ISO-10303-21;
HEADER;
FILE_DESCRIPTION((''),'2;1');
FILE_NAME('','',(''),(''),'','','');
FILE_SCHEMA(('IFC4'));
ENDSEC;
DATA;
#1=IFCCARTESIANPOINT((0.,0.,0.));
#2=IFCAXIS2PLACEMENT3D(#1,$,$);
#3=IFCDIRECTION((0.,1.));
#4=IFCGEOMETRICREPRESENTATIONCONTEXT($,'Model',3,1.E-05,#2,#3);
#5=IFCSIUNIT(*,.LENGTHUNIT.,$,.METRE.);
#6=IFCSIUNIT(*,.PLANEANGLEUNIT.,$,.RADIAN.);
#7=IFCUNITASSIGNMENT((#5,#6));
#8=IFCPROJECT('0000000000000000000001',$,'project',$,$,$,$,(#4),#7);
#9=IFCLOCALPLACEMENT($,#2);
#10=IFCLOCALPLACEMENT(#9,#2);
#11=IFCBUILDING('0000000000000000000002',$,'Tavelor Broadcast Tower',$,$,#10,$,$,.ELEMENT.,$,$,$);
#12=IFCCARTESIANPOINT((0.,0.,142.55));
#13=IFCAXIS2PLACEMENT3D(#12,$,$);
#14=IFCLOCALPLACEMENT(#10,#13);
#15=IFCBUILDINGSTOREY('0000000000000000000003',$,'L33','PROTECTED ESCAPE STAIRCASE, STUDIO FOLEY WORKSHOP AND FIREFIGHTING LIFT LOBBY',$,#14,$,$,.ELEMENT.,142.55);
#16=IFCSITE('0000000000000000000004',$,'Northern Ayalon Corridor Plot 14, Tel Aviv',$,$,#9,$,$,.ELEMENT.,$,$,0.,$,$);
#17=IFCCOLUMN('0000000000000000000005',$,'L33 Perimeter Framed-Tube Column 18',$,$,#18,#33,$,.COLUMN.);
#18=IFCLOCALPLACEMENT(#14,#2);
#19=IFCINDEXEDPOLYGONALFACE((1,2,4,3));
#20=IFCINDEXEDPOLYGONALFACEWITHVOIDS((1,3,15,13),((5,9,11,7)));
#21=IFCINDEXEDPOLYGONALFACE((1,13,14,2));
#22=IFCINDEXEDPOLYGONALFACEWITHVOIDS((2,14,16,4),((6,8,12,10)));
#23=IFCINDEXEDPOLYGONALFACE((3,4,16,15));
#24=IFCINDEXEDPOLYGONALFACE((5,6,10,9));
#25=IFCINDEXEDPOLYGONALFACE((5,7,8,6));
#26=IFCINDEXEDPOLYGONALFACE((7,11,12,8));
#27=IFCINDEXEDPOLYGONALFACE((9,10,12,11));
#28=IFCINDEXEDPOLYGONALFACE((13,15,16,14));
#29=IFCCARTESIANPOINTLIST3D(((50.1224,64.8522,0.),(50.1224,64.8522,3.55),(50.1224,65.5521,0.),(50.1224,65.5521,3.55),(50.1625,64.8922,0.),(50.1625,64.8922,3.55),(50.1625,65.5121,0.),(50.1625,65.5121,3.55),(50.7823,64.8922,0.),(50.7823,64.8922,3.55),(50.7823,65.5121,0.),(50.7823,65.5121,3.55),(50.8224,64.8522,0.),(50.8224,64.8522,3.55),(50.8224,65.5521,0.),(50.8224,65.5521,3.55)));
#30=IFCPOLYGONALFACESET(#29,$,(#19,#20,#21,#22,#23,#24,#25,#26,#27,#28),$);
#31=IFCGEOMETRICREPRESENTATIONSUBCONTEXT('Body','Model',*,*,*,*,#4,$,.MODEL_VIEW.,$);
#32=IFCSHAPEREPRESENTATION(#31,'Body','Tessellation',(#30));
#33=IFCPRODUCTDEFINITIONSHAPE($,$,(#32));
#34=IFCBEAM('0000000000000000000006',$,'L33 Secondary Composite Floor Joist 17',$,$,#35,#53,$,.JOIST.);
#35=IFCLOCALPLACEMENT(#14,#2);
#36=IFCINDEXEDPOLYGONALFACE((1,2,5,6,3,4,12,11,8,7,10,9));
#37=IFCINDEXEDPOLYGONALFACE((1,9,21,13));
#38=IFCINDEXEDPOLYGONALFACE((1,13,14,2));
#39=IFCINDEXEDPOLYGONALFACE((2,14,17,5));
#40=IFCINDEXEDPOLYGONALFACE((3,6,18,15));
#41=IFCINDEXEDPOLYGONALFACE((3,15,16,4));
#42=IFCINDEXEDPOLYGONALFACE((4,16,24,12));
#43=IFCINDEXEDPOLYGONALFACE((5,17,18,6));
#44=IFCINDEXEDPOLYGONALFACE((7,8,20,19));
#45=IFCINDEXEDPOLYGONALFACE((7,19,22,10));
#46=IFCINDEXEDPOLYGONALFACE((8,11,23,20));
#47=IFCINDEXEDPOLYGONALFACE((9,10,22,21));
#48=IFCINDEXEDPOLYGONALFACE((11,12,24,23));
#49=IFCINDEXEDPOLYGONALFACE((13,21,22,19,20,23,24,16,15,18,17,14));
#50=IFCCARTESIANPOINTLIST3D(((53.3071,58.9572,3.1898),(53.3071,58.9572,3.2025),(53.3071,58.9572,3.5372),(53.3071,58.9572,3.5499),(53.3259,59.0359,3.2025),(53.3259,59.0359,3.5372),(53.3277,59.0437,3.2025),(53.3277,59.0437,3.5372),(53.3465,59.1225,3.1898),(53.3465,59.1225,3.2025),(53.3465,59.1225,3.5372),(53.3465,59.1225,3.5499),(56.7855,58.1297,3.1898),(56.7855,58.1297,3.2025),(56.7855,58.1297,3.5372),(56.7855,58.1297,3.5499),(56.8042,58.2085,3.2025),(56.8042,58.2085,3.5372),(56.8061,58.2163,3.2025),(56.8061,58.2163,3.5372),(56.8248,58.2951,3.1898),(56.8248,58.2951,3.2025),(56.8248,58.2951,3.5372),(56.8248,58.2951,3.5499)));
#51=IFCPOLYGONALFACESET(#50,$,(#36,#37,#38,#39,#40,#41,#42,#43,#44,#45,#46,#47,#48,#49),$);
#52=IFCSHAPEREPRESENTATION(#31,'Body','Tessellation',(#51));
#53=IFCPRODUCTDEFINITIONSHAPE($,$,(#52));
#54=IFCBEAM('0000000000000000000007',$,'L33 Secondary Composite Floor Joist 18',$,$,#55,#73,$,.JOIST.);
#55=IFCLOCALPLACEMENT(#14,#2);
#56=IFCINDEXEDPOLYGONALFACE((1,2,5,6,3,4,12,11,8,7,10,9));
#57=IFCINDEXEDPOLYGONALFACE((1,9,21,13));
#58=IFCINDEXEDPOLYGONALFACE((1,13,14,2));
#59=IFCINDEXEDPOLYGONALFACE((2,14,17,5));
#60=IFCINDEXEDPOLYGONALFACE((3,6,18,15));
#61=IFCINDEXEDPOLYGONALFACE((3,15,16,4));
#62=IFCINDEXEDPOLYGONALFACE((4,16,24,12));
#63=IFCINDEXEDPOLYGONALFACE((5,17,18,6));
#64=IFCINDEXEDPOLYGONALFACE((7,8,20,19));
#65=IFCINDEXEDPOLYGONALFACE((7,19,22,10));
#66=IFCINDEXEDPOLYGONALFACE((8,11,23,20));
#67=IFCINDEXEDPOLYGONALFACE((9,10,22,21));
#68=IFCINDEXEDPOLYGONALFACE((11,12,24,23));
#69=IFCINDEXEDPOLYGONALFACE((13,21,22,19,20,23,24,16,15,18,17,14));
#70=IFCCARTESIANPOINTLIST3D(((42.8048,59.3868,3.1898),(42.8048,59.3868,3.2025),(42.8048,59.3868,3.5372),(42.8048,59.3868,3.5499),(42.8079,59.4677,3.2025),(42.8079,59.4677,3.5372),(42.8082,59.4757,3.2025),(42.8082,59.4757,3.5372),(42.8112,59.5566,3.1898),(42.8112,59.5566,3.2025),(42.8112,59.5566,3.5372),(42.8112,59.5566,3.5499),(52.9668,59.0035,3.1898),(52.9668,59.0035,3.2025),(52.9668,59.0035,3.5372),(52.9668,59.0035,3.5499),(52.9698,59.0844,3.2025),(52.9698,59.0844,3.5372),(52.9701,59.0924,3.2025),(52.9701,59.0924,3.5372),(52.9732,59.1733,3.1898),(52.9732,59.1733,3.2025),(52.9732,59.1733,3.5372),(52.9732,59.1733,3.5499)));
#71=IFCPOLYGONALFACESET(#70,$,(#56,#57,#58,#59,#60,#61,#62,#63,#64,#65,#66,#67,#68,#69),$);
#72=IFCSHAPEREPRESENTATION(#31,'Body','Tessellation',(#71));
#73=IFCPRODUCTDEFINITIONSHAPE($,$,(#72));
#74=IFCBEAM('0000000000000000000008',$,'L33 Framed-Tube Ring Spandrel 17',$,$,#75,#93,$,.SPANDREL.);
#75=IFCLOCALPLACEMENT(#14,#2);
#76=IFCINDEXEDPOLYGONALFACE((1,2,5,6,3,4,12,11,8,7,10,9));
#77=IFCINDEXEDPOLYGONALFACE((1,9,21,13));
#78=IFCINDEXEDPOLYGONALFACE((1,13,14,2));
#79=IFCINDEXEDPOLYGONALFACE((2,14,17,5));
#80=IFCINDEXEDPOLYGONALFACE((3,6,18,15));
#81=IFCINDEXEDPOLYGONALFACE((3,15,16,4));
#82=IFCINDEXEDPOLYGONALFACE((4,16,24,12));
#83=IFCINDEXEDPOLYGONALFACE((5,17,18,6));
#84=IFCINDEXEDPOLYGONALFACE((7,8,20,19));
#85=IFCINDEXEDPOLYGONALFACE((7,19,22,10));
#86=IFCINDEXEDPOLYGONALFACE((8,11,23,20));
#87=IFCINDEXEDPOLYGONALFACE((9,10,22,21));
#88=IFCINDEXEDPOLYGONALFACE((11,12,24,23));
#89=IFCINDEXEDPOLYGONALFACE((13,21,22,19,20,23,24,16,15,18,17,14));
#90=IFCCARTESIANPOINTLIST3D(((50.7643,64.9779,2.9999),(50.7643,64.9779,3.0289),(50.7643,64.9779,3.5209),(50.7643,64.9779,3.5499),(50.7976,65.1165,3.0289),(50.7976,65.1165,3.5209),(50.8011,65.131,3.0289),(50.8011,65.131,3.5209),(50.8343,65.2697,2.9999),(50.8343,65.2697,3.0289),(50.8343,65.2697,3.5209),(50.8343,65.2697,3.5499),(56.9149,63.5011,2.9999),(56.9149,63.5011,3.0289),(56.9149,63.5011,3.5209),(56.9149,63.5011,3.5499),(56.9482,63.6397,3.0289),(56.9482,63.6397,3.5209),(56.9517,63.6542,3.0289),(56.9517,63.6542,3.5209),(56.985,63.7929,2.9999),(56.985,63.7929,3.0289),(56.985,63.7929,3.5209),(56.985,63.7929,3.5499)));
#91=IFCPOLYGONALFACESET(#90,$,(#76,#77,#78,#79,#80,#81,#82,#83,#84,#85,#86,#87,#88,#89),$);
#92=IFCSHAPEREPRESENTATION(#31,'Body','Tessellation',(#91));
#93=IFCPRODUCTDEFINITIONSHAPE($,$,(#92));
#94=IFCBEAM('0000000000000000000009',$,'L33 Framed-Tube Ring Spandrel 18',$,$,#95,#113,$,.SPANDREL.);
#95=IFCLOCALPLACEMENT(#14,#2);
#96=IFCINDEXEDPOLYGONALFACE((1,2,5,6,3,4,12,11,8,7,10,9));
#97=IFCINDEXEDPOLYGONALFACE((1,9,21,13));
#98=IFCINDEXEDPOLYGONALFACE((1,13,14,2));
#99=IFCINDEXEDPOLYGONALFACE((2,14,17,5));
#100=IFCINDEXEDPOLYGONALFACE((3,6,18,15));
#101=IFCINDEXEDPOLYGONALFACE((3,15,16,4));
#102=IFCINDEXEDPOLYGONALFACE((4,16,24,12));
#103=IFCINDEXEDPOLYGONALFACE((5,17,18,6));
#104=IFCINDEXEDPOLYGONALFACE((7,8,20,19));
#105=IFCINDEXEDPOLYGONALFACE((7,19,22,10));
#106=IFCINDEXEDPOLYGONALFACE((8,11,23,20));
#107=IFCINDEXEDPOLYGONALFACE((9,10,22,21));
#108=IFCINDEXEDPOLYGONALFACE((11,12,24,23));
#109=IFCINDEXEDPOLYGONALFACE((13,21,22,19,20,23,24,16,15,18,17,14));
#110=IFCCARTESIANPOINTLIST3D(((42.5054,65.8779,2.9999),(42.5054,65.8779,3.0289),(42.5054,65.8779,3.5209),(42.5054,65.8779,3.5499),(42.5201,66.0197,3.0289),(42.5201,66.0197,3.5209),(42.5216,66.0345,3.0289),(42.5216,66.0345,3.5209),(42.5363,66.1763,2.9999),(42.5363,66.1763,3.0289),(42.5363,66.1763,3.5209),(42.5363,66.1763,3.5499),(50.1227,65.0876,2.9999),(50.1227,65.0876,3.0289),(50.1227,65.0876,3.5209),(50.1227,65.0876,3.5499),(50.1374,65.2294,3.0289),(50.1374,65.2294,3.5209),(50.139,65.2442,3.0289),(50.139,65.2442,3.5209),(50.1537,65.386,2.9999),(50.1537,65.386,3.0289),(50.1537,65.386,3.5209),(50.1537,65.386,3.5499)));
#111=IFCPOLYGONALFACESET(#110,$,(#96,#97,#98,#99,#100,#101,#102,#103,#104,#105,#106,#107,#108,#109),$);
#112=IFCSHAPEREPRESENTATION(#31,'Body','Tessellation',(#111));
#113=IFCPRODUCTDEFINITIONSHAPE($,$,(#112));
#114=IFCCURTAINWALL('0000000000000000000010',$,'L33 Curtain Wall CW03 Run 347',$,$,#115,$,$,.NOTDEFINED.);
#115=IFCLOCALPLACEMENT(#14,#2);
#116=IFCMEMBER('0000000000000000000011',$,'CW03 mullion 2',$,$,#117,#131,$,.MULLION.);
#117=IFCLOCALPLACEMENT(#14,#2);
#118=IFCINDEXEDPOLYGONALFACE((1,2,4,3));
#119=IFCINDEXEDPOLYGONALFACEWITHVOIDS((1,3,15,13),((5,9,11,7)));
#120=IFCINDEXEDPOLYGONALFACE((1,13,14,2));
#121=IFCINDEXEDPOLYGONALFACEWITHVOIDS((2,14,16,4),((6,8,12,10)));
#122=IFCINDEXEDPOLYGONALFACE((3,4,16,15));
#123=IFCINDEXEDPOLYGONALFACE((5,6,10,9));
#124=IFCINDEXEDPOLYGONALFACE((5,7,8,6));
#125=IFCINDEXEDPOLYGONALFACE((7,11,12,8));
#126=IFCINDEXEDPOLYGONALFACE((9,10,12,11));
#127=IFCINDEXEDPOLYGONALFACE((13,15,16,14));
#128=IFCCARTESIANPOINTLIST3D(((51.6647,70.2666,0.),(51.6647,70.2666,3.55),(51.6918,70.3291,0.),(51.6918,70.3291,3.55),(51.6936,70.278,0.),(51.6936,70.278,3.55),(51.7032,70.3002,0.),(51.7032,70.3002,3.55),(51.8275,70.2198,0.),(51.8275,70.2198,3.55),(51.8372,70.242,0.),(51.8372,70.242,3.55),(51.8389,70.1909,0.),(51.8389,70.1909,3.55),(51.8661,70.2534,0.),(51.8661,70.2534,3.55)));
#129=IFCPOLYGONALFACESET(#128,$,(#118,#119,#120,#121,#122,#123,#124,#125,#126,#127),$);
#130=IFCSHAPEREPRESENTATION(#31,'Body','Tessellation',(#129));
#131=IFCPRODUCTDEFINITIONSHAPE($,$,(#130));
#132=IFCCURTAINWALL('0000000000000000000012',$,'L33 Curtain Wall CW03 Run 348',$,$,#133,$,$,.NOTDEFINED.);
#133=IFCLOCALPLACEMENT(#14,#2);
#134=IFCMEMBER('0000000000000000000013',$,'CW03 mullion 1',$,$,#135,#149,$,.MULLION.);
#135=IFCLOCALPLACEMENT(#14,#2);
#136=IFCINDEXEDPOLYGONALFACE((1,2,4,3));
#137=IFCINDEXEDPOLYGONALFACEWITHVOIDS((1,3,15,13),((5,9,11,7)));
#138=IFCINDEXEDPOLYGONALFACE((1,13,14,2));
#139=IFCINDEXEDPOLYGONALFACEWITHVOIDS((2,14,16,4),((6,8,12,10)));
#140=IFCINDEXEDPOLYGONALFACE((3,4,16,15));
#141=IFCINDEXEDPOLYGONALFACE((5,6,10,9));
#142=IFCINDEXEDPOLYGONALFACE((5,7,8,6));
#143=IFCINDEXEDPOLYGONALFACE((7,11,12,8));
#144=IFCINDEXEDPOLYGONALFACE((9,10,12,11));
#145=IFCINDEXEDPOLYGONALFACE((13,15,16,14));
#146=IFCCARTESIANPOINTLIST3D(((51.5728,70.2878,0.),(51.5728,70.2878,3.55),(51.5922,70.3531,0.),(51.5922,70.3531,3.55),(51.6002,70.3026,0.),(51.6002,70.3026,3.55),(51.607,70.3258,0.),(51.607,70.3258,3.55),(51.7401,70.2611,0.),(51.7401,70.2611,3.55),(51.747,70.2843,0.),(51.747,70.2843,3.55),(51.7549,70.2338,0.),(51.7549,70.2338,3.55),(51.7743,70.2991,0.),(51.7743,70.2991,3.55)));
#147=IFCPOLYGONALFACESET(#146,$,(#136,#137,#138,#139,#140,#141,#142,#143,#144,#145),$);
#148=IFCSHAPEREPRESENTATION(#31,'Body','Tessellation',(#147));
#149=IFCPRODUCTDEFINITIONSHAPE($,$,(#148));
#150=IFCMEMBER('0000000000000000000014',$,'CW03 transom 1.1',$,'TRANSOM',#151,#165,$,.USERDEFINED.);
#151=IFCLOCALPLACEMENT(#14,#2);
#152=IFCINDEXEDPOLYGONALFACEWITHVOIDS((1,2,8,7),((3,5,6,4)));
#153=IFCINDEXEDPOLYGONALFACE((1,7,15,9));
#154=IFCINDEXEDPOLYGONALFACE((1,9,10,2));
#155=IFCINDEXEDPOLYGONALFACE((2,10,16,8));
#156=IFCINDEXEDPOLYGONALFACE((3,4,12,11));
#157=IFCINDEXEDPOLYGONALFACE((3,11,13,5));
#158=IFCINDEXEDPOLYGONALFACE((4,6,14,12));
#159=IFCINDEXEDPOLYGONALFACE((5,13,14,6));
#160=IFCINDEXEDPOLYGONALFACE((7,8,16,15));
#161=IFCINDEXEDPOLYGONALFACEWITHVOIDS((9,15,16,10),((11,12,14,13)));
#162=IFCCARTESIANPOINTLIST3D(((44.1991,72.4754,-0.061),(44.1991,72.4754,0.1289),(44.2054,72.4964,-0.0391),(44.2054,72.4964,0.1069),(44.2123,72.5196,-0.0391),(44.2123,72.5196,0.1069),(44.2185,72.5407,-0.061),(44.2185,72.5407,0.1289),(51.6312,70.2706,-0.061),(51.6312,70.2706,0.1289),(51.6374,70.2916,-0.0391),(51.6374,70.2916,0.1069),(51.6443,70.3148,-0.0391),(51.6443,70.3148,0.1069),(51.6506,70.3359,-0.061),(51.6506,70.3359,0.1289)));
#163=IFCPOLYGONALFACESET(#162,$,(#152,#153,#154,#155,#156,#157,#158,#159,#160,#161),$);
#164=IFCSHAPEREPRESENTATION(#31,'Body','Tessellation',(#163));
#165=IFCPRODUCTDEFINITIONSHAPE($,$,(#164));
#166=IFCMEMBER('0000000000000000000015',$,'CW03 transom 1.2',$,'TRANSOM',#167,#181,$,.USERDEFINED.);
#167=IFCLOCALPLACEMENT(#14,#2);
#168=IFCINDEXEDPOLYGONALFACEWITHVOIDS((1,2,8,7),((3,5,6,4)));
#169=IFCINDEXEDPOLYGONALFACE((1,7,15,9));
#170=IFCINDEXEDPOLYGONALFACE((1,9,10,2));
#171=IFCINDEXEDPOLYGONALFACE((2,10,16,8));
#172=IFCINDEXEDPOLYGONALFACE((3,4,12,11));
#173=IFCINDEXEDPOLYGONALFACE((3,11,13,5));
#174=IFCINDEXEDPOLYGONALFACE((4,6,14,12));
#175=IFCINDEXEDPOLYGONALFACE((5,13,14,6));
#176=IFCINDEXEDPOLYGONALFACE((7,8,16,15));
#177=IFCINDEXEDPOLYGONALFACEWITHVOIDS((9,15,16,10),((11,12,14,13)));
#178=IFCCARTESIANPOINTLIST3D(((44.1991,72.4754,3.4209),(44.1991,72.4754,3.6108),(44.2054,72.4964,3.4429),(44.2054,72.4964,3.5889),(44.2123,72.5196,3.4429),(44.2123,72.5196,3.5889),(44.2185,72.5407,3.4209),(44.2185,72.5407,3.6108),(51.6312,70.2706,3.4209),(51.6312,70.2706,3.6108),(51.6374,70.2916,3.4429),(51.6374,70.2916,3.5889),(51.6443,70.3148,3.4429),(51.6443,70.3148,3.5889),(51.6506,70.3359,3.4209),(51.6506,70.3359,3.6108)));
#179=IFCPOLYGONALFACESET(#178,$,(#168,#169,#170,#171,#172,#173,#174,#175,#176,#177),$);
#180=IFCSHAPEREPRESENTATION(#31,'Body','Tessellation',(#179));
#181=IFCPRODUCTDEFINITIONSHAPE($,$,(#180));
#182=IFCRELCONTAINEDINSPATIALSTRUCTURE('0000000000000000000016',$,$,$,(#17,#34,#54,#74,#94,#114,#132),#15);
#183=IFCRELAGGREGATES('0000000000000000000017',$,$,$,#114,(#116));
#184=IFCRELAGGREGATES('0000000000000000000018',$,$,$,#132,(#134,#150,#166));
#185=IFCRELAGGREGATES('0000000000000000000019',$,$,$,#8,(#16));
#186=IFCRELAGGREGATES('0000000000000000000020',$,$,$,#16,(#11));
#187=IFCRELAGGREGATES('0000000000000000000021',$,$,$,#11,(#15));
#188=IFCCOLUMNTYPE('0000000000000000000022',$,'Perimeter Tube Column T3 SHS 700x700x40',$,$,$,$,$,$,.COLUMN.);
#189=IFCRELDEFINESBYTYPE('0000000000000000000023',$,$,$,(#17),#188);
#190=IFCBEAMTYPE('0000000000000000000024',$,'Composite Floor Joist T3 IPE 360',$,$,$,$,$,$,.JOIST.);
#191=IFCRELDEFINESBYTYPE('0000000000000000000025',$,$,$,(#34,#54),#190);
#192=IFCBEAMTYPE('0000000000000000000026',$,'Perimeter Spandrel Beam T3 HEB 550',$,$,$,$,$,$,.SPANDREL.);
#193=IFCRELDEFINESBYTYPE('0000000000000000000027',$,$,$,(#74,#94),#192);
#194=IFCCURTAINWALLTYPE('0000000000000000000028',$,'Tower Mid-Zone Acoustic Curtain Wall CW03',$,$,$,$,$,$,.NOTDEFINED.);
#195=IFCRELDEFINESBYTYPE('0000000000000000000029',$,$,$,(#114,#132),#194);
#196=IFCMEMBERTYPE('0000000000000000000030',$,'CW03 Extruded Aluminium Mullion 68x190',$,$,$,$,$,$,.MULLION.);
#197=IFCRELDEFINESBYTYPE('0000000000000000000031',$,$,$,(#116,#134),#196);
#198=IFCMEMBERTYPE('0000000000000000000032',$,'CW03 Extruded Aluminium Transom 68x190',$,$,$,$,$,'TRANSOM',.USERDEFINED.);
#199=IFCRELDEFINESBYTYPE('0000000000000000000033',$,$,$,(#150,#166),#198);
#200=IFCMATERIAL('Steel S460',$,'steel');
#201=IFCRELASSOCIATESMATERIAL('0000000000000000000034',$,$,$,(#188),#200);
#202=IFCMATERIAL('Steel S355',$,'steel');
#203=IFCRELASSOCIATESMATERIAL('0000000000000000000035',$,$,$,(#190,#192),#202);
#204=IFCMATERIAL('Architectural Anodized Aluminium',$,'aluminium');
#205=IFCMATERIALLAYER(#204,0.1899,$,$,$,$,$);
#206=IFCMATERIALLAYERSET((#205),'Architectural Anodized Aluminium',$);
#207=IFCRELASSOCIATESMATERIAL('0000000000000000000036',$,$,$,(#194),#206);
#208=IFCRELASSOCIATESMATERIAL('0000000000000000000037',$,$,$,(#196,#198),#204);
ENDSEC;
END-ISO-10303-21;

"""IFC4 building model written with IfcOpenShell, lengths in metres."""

from ifc_helpers import new_model, si_unit, direction, frame, origin, origin_2d, place, context, subcontext, project, spatial, hollow_rectangle, i_section, extrude, source, transform, mapped, material, layer, layer_set, material_profile, profile_set, type_object, type_shapes, element, aggregate, save


model = new_model("IFC4")

# Units and contexts
model_context = context("Model", 3, precision=1e-05, world=origin(), true_north=direction((0.0, 1.0)))
body_context = subcontext(model_context, "Body", "Model", "MODEL_VIEW")
ifc_project = project(units=[si_unit("LENGTHUNIT", "METRE"), si_unit("PLANEANGLEUNIT", "RADIAN")], contexts=[model_context])

# Site, building, storey
site_placement = place(None, origin())
site = spatial("IfcSite", under=ifc_project, at=site_placement, Name="Northern Ayalon Corridor Plot 14, Tel Aviv", CompositionType="ELEMENT", RefElevation=0.0)
building_placement = place(site_placement, origin())
building = spatial("IfcBuilding", under=site, at=building_placement, Name="Tavelor Broadcast Tower", CompositionType="ELEMENT")
storey_placement = place(building_placement, frame((0.0, 0.0, 142.55)))
storey = spatial("IfcBuildingStorey", under=building, at=storey_placement, Name="L33", Description="PROTECTED ESCAPE STAIRCASE, STUDIO FOLEY WORKSHOP AND FIREFIGHTING LIFT LOBBY", CompositionType="ELEMENT", Elevation=142.55)

# Column
ifc_material_1 = material(Name="Steel S460", Category="steel")
ifc_material_profile_1 = material_profile(ifc_material_1, hollow_rectangle(XDim=0.7, YDim=0.7, WallThickness=0.04, at=origin_2d()), Name="SHS 700x700x40")
ifc_profile_set_1 = profile_set([ifc_material_profile_1], Name="Steel S460")
column_type = type_object("IfcColumnType", Name="Perimeter Tube Column T3 SHS 700x700x40", PredefinedType="COLUMN", material=ifc_profile_set_1)
column_placement = place(storey_placement, frame((50.4724, 65.2021, 0.0), z_axis=(0.0, 0.0, 1.0), x_axis=(1.0, 0.0, 0.0)))
element("IfcColumn", 1, at=column_placement, inside=storey, type_object=column_type, Name="L33 Perimeter Framed-Tube Column 18", PredefinedType="COLUMN", context=body_context, shape_type="SweptSolid", body=[
    extrude(hollow_rectangle(XDim=0.7, YDim=0.7, WallThickness=0.04, at=origin_2d()), origin(), (0.0, 0.0, 1.0), 3.55),
])

# Beams
ifc_material_2 = material(Name="Steel S355", Category="steel")
ifc_material_profile_2 = material_profile(ifc_material_2, i_section(OverallWidth=0.1699, OverallDepth=0.3601, WebThickness=0.0081, FlangeThickness=0.0127, at=origin_2d()), Name="IPE 360")
ifc_profile_set_2 = profile_set([ifc_material_profile_2], Name="Steel S355")
beam_type_1 = type_object("IfcBeamType", Name="Composite Floor Joist T3 IPE 360", PredefinedType="JOIST", material=ifc_profile_set_2)
beam_1_placement = place(storey_placement, frame((56.8052, 58.2124, 3.3699), z_axis=(-0.972855, 0.231417, 0.0), x_axis=(-0.231417, -0.972855, 0.0)))
element("IfcBeam", 2, at=beam_1_placement, inside=storey, type_object=beam_type_1, Name="L33 Secondary Composite Floor Joist 17", PredefinedType="JOIST", context=body_context, shape_type="SweptSolid", body=[
    extrude(i_section(OverallWidth=0.1699, OverallDepth=0.3601, WebThickness=0.0081, FlangeThickness=0.0127, at=origin_2d()), origin(), (0.0, 0.0, 1.0), 3.5754),
])
beam_2_placement = place(storey_placement, frame((52.97, 59.0884, 3.3699), z_axis=(-0.999289, 0.037693, 0.0), x_axis=(-0.037693, -0.999289, 0.0)))
element("IfcBeam", 3, at=beam_2_placement, inside=storey, type_object=beam_type_1, Name="L33 Secondary Composite Floor Joist 18", PredefinedType="JOIST", context=body_context, shape_type="SweptSolid", body=[
    extrude(i_section(OverallWidth=0.1699, OverallDepth=0.3601, WebThickness=0.0081, FlangeThickness=0.0127, at=origin_2d()), origin(), (0.0, 0.0, 1.0), 10.1692),
])
ifc_material_profile_3 = material_profile(ifc_material_2, i_section(OverallWidth=0.3, OverallDepth=0.55, WebThickness=0.0149, FlangeThickness=0.0291, at=origin_2d()), Name="HEB 550")
ifc_profile_set_3 = profile_set([ifc_material_profile_3], Name="Steel S355")
beam_type_2 = type_object("IfcBeamType", Name="Perimeter Spandrel Beam T3 HEB 550", PredefinedType="SPANDREL", material=ifc_profile_set_3)
beam_3_placement = place(storey_placement, frame((56.95, 63.647, 3.2749), z_axis=(-0.972364, 0.233471, 0.0), x_axis=(-0.233471, -0.972364, 0.0)))
element("IfcBeam", 4, at=beam_3_placement, inside=storey, type_object=beam_type_2, Name="L33 Framed-Tube Ring Spandrel 17", PredefinedType="SPANDREL", context=body_context, shape_type="SweptSolid", body=[
    extrude(i_section(OverallWidth=0.3, OverallDepth=0.55, WebThickness=0.0149, FlangeThickness=0.0291, at=origin_2d()), origin(), (0.0, 0.0, 1.0), 6.3254),
])
beam_4_placement = place(storey_placement, frame((50.1382, 65.2368, 3.2749), z_axis=(-0.994661, 0.103193, 0.0), x_axis=(-0.103193, -0.994661, 0.0)))
element("IfcBeam", 5, at=beam_4_placement, inside=storey, type_object=beam_type_2, Name="L33 Framed-Tube Ring Spandrel 18", PredefinedType="SPANDREL", context=body_context, shape_type="SweptSolid", body=[
    extrude(i_section(OverallWidth=0.3, OverallDepth=0.55, WebThickness=0.0149, FlangeThickness=0.0291, at=origin_2d()), origin(), (0.0, 0.0, 1.0), 7.6582),
])

# Curtain wall, member
ifc_material_3 = material(Name="Architectural Anodized Aluminium", Category="aluminium")
ifc_layer_1 = layer(ifc_material_3, 0.1899)
ifc_layer_set_1 = layer_set([ifc_layer_1], Name="Architectural Anodized Aluminium")
curtain_wall_type = type_object("IfcCurtainWallType", Name="Tower Mid-Zone Acoustic Curtain Wall CW03", PredefinedType="NOTDEFINED", material=ifc_layer_set_1)
curtain_wall_1_placement = place(storey_placement, origin())
curtain_wall_1 = element("IfcCurtainWall", 6, at=curtain_wall_1_placement, inside=storey, type_object=curtain_wall_type, Name="L33 Curtain Wall CW03 Run 347", PredefinedType="NOTDEFINED")
ifc_material_profile_4 = material_profile(ifc_material_3, hollow_rectangle(XDim=0.0681, YDim=0.1899, WallThickness=0.022, at=origin_2d()), Name="RHS 68x190x22")
ifc_profile_set_4 = profile_set([ifc_material_profile_4], Name="Architectural Anodized Aluminium")
member_type_1 = type_object("IfcMemberType", Name="CW03 Extruded Aluminium Mullion 68x190", PredefinedType="MULLION", material=ifc_profile_set_4)
shared_shape_1 = source(origin(), body_context, "Body", "SweptSolid", [
    extrude(hollow_rectangle(XDim=0.0681, YDim=0.1899, WallThickness=0.022, at=origin_2d()), origin(), (0.0, 0.0, 1.0), 3.55),
])
type_shapes(member_type_1, [shared_shape_1])
member_1_placement = place(storey_placement, frame((51.7654, 70.26, 0.0), z_axis=(0.0, 0.0, 1.0), x_axis=(-0.398344, -0.917236, 0.0)))
member_1 = element("IfcMember", 7, at=member_1_placement, type_object=member_type_1, Name="CW03 mullion 2", PredefinedType="MULLION", context=body_context, shape_type="MappedRepresentation", body=[
    mapped(shared_shape_1, transform((0.0, 0.0, 0.0), scale=1.0)),
])

# Curtain wall, members
curtain_wall_2_placement = place(storey_placement, origin())
curtain_wall_2 = element("IfcCurtainWall", 8, at=curtain_wall_2_placement, inside=storey, type_object=curtain_wall_type, Name="L33 Curtain Wall CW03 Run 348", PredefinedType="NOTDEFINED")
member_2_placement = place(storey_placement, frame((51.6736, 70.2935, 0.0), z_axis=(0.0, 0.0, 1.0), x_axis=(-0.284398, -0.958706, 0.0)))
member_2 = element("IfcMember", 9, at=member_2_placement, type_object=member_type_1, Name="CW03 mullion 1", PredefinedType="MULLION", context=body_context, shape_type="MappedRepresentation", body=[
    mapped(shared_shape_1, transform((0.0, 0.0, 0.0), scale=1.0)),
])
ifc_material_profile_5 = material_profile(ifc_material_3, hollow_rectangle(XDim=0.0681, YDim=0.1899, WallThickness=0.022, at=origin_2d()), Name="RHS 68x190x22")
ifc_profile_set_5 = profile_set([ifc_material_profile_5], Name="Architectural Anodized Aluminium")
member_type_2 = type_object("IfcMemberType", Name="CW03 Extruded Aluminium Transom 68x190", ElementType="TRANSOM", PredefinedType="USERDEFINED", material=ifc_profile_set_5)
shared_shape_2 = source(origin(), body_context, "Body", "SweptSolid", [
    extrude(hollow_rectangle(XDim=0.0681, YDim=0.1899, WallThickness=0.022, at=origin_2d()), origin(), (0.0, 0.0, 1.0), 7.7522),
])
type_shapes(member_type_2, [shared_shape_2])
member_3_placement = place(storey_placement, frame((51.6409, 70.3032, 0.0339), z_axis=(-0.958702, 0.284411, 0.0), x_axis=(-0.284411, -0.958702, 0.0)))
member_3 = element("IfcMember", 10, at=member_3_placement, type_object=member_type_2, Name="CW03 transom 1.1", ObjectType="TRANSOM", PredefinedType="USERDEFINED", context=body_context, shape_type="MappedRepresentation", body=[
    mapped(shared_shape_2, transform((0.0, 0.0, 0.0), scale=1.0)),
])
member_4_placement = place(storey_placement, frame((51.6409, 70.3032, 3.5159), z_axis=(-0.958702, 0.284411, 0.0), x_axis=(-0.284411, -0.958702, 0.0)))
member_4 = element("IfcMember", 11, at=member_4_placement, type_object=member_type_2, Name="CW03 transom 1.2", ObjectType="TRANSOM", PredefinedType="USERDEFINED", context=body_context, shape_type="MappedRepresentation", body=[
    mapped(shared_shape_2, transform((0.0, 0.0, 0.0), scale=1.0)),
])

aggregate(curtain_wall_1, [member_1])
aggregate(curtain_wall_2, [member_2, member_3, member_4])

save(model, "model.ifc")
